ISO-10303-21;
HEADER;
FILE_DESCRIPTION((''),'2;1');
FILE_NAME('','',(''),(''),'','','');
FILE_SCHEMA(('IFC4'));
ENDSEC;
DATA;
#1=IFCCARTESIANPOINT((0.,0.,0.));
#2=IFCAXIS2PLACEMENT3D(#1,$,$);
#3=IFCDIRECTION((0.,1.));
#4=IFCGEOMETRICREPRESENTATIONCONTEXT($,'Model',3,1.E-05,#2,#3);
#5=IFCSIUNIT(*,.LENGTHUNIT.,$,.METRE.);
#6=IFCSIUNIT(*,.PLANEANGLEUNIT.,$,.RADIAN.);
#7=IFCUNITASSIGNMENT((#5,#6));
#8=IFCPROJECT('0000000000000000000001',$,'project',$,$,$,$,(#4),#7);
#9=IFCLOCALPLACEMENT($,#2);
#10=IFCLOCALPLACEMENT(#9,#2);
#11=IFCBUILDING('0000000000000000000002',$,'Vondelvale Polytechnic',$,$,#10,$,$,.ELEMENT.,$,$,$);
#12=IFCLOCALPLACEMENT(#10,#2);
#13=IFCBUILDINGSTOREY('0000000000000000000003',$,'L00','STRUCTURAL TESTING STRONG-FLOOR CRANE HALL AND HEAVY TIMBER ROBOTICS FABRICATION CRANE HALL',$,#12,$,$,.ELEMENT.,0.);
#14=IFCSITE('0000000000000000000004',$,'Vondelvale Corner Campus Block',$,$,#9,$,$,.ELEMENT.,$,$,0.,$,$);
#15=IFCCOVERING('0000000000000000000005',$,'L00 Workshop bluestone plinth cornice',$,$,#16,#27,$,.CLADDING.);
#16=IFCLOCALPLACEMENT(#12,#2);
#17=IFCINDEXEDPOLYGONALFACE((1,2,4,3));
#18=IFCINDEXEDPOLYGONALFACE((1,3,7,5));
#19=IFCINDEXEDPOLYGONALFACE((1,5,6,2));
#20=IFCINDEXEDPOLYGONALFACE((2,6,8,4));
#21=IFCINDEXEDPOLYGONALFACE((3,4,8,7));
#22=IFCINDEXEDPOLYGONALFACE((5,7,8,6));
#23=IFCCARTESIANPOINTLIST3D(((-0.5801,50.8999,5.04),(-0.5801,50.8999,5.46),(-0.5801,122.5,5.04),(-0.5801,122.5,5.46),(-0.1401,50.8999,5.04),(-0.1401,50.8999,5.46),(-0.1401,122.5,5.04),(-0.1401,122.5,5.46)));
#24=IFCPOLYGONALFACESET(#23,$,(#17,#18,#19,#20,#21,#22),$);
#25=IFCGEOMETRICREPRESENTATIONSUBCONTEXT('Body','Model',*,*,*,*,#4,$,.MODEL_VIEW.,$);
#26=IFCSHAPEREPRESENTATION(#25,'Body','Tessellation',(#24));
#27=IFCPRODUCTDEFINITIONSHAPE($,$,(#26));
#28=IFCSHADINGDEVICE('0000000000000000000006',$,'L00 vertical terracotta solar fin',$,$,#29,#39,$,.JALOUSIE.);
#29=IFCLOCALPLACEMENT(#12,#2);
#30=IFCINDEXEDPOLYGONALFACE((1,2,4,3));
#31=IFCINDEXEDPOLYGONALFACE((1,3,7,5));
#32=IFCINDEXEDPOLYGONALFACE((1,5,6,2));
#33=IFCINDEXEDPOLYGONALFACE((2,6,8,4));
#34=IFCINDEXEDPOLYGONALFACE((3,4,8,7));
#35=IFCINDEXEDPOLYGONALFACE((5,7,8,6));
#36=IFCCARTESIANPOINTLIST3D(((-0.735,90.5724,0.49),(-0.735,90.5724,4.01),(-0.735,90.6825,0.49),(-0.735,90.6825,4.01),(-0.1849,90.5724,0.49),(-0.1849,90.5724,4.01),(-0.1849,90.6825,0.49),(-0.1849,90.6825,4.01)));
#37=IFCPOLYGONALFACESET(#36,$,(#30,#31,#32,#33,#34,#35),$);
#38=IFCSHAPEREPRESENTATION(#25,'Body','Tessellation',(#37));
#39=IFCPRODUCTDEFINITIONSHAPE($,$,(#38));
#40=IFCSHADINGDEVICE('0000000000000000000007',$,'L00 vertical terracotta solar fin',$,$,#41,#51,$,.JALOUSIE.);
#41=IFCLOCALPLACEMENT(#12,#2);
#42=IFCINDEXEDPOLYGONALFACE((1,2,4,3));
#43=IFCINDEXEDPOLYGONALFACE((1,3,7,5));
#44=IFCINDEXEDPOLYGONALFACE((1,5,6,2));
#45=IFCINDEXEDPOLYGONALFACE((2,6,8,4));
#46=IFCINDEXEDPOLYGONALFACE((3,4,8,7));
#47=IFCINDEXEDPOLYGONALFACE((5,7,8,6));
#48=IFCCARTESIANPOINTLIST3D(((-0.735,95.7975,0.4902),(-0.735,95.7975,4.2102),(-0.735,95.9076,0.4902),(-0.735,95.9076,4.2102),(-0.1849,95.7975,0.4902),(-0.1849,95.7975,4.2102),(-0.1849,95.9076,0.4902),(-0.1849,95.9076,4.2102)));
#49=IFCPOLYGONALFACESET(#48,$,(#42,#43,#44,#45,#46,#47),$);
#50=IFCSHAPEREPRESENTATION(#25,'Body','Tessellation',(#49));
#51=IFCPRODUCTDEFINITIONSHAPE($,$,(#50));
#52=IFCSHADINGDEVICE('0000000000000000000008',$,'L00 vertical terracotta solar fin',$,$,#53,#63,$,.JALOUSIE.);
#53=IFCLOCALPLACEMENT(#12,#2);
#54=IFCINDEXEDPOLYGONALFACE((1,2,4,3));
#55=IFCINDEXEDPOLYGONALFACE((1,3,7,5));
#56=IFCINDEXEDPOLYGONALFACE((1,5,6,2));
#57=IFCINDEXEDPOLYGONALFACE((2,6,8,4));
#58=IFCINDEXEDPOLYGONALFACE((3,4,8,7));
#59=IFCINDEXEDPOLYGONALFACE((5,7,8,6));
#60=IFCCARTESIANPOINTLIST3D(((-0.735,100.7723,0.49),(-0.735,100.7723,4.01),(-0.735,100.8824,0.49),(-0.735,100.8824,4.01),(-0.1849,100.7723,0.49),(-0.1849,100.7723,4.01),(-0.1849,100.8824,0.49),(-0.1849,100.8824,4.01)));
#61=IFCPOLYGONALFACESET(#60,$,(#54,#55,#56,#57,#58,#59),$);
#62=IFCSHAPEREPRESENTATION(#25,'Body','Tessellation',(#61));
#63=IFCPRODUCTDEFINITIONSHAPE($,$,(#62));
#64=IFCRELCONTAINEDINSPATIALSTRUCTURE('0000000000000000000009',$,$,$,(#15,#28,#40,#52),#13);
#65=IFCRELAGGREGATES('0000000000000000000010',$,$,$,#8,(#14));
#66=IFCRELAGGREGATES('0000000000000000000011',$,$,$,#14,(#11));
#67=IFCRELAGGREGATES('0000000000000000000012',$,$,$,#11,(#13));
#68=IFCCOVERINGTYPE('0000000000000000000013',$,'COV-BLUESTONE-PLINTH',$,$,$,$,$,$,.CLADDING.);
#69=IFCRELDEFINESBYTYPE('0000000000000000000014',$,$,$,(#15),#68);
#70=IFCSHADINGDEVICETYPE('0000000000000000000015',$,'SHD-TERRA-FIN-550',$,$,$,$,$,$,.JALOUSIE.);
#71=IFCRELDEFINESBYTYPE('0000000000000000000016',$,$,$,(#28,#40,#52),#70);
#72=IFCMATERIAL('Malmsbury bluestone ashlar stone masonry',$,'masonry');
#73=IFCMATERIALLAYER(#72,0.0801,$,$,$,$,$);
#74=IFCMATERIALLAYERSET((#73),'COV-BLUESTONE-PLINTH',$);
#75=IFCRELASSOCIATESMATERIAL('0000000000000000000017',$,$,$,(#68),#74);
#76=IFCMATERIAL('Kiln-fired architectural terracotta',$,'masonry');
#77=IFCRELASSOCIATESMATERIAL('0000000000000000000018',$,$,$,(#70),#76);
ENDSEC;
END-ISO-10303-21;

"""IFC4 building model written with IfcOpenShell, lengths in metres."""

from ifc_helpers import new_model, si_unit, direction, frame, origin, origin_2d, place, context, subcontext, project, spatial, rectangle, extrude, material, layer, layer_set, type_object, element, save


model = new_model("IFC4")

# Units and contexts
model_context = context("Model", 3, precision=1e-05, world=origin(), true_north=direction((0.0, 1.0)))
body_context = subcontext(model_context, "Body", "Model", "MODEL_VIEW")
ifc_project = project(units=[si_unit("LENGTHUNIT", "METRE"), si_unit("PLANEANGLEUNIT", "RADIAN")], contexts=[model_context])

# Site, building, storey
site_placement = place(None, origin())
site = spatial("IfcSite", under=ifc_project, at=site_placement, Name="Vondelvale Corner Campus Block", CompositionType="ELEMENT", RefElevation=0.0)
building_placement = place(site_placement, origin())
building = spatial("IfcBuilding", under=site, at=building_placement, Name="Vondelvale Polytechnic", CompositionType="ELEMENT")
storey_placement = place(building_placement, origin())
storey = spatial("IfcBuildingStorey", under=building, at=storey_placement, Name="L00", Description="STRUCTURAL TESTING STRONG-FLOOR CRANE HALL AND HEAVY TIMBER ROBOTICS FABRICATION CRANE HALL", CompositionType="ELEMENT", Elevation=0.0)

# Shared definitions
ifc_material_1 = material(Name="Malmsbury bluestone ashlar stone masonry", Category="masonry")

# Covering
ifc_layer_1 = layer(ifc_material_1, 0.0801)
ifc_layer_set_1 = layer_set([ifc_layer_1], Name="COV-BLUESTONE-PLINTH")
covering_type = type_object("IfcCoveringType", Name="COV-BLUESTONE-PLINTH", PredefinedType="CLADDING", material=ifc_layer_set_1)
covering_1_placement = place(storey_placement, frame((-0.3601, 86.7, 5.04), z_axis=(0.0, 0.0, 1.0), x_axis=(1.0, 0.0, 0.0)))
element("IfcCovering", 1, at=covering_1_placement, inside=storey, type_object=covering_type, Name="L00 Workshop bluestone plinth cornice", PredefinedType="CLADDING", context=body_context, shape_type="SweptSolid", body=[
    extrude(rectangle(XDim=0.4399, YDim=71.6001, at=origin_2d()), origin(), (0.0, 0.0, 1.0), 0.4199),
])

# Shading devices
ifc_material_2 = material(Name="Kiln-fired architectural terracotta", Category="masonry")
shading_device_type = type_object("IfcShadingDeviceType", Name="SHD-TERRA-FIN-550", PredefinedType="JALOUSIE", material=ifc_material_2)
shading_device_1_placement = place(storey_placement, frame((-0.46, 90.6274, 0.49), z_axis=(0.0, 0.0, 1.0), x_axis=(0.0, 1.0, 0.0)))
element("IfcShadingDevice", 2, at=shading_device_1_placement, inside=storey, type_object=shading_device_type, Name="L00 vertical terracotta solar fin", PredefinedType="JALOUSIE", context=body_context, shape_type="SweptSolid", body=[
    extrude(rectangle(XDim=0.1101, YDim=0.55, at=origin_2d()), origin(), (0.0, 0.0, 1.0), 3.52),
])
shading_device_2_placement = place(storey_placement, frame((-0.46, 95.8525, 0.4902), z_axis=(0.0, 0.0, 1.0), x_axis=(0.0, 1.0, 0.0)))
element("IfcShadingDevice", 3, at=shading_device_2_placement, inside=storey, type_object=shading_device_type, Name="L00 vertical terracotta solar fin", PredefinedType="JALOUSIE", context=body_context, shape_type="SweptSolid", body=[
    extrude(rectangle(XDim=0.1101, YDim=0.55, at=origin_2d()), origin(), (0.0, 0.0, 1.0), 3.72),
])
shading_device_3_placement = place(storey_placement, frame((-0.46, 100.8274, 0.49), z_axis=(0.0, 0.0, 1.0), x_axis=(0.0, 1.0, 0.0)))
element("IfcShadingDevice", 4, at=shading_device_3_placement, inside=storey, type_object=shading_device_type, Name="L00 vertical terracotta solar fin", PredefinedType="JALOUSIE", context=body_context, shape_type="SweptSolid", body=[
    extrude(rectangle(XDim=0.1101, YDim=0.55, at=origin_2d()), origin(), (0.0, 0.0, 1.0), 3.52),
])

save(model, "model.ifc")
